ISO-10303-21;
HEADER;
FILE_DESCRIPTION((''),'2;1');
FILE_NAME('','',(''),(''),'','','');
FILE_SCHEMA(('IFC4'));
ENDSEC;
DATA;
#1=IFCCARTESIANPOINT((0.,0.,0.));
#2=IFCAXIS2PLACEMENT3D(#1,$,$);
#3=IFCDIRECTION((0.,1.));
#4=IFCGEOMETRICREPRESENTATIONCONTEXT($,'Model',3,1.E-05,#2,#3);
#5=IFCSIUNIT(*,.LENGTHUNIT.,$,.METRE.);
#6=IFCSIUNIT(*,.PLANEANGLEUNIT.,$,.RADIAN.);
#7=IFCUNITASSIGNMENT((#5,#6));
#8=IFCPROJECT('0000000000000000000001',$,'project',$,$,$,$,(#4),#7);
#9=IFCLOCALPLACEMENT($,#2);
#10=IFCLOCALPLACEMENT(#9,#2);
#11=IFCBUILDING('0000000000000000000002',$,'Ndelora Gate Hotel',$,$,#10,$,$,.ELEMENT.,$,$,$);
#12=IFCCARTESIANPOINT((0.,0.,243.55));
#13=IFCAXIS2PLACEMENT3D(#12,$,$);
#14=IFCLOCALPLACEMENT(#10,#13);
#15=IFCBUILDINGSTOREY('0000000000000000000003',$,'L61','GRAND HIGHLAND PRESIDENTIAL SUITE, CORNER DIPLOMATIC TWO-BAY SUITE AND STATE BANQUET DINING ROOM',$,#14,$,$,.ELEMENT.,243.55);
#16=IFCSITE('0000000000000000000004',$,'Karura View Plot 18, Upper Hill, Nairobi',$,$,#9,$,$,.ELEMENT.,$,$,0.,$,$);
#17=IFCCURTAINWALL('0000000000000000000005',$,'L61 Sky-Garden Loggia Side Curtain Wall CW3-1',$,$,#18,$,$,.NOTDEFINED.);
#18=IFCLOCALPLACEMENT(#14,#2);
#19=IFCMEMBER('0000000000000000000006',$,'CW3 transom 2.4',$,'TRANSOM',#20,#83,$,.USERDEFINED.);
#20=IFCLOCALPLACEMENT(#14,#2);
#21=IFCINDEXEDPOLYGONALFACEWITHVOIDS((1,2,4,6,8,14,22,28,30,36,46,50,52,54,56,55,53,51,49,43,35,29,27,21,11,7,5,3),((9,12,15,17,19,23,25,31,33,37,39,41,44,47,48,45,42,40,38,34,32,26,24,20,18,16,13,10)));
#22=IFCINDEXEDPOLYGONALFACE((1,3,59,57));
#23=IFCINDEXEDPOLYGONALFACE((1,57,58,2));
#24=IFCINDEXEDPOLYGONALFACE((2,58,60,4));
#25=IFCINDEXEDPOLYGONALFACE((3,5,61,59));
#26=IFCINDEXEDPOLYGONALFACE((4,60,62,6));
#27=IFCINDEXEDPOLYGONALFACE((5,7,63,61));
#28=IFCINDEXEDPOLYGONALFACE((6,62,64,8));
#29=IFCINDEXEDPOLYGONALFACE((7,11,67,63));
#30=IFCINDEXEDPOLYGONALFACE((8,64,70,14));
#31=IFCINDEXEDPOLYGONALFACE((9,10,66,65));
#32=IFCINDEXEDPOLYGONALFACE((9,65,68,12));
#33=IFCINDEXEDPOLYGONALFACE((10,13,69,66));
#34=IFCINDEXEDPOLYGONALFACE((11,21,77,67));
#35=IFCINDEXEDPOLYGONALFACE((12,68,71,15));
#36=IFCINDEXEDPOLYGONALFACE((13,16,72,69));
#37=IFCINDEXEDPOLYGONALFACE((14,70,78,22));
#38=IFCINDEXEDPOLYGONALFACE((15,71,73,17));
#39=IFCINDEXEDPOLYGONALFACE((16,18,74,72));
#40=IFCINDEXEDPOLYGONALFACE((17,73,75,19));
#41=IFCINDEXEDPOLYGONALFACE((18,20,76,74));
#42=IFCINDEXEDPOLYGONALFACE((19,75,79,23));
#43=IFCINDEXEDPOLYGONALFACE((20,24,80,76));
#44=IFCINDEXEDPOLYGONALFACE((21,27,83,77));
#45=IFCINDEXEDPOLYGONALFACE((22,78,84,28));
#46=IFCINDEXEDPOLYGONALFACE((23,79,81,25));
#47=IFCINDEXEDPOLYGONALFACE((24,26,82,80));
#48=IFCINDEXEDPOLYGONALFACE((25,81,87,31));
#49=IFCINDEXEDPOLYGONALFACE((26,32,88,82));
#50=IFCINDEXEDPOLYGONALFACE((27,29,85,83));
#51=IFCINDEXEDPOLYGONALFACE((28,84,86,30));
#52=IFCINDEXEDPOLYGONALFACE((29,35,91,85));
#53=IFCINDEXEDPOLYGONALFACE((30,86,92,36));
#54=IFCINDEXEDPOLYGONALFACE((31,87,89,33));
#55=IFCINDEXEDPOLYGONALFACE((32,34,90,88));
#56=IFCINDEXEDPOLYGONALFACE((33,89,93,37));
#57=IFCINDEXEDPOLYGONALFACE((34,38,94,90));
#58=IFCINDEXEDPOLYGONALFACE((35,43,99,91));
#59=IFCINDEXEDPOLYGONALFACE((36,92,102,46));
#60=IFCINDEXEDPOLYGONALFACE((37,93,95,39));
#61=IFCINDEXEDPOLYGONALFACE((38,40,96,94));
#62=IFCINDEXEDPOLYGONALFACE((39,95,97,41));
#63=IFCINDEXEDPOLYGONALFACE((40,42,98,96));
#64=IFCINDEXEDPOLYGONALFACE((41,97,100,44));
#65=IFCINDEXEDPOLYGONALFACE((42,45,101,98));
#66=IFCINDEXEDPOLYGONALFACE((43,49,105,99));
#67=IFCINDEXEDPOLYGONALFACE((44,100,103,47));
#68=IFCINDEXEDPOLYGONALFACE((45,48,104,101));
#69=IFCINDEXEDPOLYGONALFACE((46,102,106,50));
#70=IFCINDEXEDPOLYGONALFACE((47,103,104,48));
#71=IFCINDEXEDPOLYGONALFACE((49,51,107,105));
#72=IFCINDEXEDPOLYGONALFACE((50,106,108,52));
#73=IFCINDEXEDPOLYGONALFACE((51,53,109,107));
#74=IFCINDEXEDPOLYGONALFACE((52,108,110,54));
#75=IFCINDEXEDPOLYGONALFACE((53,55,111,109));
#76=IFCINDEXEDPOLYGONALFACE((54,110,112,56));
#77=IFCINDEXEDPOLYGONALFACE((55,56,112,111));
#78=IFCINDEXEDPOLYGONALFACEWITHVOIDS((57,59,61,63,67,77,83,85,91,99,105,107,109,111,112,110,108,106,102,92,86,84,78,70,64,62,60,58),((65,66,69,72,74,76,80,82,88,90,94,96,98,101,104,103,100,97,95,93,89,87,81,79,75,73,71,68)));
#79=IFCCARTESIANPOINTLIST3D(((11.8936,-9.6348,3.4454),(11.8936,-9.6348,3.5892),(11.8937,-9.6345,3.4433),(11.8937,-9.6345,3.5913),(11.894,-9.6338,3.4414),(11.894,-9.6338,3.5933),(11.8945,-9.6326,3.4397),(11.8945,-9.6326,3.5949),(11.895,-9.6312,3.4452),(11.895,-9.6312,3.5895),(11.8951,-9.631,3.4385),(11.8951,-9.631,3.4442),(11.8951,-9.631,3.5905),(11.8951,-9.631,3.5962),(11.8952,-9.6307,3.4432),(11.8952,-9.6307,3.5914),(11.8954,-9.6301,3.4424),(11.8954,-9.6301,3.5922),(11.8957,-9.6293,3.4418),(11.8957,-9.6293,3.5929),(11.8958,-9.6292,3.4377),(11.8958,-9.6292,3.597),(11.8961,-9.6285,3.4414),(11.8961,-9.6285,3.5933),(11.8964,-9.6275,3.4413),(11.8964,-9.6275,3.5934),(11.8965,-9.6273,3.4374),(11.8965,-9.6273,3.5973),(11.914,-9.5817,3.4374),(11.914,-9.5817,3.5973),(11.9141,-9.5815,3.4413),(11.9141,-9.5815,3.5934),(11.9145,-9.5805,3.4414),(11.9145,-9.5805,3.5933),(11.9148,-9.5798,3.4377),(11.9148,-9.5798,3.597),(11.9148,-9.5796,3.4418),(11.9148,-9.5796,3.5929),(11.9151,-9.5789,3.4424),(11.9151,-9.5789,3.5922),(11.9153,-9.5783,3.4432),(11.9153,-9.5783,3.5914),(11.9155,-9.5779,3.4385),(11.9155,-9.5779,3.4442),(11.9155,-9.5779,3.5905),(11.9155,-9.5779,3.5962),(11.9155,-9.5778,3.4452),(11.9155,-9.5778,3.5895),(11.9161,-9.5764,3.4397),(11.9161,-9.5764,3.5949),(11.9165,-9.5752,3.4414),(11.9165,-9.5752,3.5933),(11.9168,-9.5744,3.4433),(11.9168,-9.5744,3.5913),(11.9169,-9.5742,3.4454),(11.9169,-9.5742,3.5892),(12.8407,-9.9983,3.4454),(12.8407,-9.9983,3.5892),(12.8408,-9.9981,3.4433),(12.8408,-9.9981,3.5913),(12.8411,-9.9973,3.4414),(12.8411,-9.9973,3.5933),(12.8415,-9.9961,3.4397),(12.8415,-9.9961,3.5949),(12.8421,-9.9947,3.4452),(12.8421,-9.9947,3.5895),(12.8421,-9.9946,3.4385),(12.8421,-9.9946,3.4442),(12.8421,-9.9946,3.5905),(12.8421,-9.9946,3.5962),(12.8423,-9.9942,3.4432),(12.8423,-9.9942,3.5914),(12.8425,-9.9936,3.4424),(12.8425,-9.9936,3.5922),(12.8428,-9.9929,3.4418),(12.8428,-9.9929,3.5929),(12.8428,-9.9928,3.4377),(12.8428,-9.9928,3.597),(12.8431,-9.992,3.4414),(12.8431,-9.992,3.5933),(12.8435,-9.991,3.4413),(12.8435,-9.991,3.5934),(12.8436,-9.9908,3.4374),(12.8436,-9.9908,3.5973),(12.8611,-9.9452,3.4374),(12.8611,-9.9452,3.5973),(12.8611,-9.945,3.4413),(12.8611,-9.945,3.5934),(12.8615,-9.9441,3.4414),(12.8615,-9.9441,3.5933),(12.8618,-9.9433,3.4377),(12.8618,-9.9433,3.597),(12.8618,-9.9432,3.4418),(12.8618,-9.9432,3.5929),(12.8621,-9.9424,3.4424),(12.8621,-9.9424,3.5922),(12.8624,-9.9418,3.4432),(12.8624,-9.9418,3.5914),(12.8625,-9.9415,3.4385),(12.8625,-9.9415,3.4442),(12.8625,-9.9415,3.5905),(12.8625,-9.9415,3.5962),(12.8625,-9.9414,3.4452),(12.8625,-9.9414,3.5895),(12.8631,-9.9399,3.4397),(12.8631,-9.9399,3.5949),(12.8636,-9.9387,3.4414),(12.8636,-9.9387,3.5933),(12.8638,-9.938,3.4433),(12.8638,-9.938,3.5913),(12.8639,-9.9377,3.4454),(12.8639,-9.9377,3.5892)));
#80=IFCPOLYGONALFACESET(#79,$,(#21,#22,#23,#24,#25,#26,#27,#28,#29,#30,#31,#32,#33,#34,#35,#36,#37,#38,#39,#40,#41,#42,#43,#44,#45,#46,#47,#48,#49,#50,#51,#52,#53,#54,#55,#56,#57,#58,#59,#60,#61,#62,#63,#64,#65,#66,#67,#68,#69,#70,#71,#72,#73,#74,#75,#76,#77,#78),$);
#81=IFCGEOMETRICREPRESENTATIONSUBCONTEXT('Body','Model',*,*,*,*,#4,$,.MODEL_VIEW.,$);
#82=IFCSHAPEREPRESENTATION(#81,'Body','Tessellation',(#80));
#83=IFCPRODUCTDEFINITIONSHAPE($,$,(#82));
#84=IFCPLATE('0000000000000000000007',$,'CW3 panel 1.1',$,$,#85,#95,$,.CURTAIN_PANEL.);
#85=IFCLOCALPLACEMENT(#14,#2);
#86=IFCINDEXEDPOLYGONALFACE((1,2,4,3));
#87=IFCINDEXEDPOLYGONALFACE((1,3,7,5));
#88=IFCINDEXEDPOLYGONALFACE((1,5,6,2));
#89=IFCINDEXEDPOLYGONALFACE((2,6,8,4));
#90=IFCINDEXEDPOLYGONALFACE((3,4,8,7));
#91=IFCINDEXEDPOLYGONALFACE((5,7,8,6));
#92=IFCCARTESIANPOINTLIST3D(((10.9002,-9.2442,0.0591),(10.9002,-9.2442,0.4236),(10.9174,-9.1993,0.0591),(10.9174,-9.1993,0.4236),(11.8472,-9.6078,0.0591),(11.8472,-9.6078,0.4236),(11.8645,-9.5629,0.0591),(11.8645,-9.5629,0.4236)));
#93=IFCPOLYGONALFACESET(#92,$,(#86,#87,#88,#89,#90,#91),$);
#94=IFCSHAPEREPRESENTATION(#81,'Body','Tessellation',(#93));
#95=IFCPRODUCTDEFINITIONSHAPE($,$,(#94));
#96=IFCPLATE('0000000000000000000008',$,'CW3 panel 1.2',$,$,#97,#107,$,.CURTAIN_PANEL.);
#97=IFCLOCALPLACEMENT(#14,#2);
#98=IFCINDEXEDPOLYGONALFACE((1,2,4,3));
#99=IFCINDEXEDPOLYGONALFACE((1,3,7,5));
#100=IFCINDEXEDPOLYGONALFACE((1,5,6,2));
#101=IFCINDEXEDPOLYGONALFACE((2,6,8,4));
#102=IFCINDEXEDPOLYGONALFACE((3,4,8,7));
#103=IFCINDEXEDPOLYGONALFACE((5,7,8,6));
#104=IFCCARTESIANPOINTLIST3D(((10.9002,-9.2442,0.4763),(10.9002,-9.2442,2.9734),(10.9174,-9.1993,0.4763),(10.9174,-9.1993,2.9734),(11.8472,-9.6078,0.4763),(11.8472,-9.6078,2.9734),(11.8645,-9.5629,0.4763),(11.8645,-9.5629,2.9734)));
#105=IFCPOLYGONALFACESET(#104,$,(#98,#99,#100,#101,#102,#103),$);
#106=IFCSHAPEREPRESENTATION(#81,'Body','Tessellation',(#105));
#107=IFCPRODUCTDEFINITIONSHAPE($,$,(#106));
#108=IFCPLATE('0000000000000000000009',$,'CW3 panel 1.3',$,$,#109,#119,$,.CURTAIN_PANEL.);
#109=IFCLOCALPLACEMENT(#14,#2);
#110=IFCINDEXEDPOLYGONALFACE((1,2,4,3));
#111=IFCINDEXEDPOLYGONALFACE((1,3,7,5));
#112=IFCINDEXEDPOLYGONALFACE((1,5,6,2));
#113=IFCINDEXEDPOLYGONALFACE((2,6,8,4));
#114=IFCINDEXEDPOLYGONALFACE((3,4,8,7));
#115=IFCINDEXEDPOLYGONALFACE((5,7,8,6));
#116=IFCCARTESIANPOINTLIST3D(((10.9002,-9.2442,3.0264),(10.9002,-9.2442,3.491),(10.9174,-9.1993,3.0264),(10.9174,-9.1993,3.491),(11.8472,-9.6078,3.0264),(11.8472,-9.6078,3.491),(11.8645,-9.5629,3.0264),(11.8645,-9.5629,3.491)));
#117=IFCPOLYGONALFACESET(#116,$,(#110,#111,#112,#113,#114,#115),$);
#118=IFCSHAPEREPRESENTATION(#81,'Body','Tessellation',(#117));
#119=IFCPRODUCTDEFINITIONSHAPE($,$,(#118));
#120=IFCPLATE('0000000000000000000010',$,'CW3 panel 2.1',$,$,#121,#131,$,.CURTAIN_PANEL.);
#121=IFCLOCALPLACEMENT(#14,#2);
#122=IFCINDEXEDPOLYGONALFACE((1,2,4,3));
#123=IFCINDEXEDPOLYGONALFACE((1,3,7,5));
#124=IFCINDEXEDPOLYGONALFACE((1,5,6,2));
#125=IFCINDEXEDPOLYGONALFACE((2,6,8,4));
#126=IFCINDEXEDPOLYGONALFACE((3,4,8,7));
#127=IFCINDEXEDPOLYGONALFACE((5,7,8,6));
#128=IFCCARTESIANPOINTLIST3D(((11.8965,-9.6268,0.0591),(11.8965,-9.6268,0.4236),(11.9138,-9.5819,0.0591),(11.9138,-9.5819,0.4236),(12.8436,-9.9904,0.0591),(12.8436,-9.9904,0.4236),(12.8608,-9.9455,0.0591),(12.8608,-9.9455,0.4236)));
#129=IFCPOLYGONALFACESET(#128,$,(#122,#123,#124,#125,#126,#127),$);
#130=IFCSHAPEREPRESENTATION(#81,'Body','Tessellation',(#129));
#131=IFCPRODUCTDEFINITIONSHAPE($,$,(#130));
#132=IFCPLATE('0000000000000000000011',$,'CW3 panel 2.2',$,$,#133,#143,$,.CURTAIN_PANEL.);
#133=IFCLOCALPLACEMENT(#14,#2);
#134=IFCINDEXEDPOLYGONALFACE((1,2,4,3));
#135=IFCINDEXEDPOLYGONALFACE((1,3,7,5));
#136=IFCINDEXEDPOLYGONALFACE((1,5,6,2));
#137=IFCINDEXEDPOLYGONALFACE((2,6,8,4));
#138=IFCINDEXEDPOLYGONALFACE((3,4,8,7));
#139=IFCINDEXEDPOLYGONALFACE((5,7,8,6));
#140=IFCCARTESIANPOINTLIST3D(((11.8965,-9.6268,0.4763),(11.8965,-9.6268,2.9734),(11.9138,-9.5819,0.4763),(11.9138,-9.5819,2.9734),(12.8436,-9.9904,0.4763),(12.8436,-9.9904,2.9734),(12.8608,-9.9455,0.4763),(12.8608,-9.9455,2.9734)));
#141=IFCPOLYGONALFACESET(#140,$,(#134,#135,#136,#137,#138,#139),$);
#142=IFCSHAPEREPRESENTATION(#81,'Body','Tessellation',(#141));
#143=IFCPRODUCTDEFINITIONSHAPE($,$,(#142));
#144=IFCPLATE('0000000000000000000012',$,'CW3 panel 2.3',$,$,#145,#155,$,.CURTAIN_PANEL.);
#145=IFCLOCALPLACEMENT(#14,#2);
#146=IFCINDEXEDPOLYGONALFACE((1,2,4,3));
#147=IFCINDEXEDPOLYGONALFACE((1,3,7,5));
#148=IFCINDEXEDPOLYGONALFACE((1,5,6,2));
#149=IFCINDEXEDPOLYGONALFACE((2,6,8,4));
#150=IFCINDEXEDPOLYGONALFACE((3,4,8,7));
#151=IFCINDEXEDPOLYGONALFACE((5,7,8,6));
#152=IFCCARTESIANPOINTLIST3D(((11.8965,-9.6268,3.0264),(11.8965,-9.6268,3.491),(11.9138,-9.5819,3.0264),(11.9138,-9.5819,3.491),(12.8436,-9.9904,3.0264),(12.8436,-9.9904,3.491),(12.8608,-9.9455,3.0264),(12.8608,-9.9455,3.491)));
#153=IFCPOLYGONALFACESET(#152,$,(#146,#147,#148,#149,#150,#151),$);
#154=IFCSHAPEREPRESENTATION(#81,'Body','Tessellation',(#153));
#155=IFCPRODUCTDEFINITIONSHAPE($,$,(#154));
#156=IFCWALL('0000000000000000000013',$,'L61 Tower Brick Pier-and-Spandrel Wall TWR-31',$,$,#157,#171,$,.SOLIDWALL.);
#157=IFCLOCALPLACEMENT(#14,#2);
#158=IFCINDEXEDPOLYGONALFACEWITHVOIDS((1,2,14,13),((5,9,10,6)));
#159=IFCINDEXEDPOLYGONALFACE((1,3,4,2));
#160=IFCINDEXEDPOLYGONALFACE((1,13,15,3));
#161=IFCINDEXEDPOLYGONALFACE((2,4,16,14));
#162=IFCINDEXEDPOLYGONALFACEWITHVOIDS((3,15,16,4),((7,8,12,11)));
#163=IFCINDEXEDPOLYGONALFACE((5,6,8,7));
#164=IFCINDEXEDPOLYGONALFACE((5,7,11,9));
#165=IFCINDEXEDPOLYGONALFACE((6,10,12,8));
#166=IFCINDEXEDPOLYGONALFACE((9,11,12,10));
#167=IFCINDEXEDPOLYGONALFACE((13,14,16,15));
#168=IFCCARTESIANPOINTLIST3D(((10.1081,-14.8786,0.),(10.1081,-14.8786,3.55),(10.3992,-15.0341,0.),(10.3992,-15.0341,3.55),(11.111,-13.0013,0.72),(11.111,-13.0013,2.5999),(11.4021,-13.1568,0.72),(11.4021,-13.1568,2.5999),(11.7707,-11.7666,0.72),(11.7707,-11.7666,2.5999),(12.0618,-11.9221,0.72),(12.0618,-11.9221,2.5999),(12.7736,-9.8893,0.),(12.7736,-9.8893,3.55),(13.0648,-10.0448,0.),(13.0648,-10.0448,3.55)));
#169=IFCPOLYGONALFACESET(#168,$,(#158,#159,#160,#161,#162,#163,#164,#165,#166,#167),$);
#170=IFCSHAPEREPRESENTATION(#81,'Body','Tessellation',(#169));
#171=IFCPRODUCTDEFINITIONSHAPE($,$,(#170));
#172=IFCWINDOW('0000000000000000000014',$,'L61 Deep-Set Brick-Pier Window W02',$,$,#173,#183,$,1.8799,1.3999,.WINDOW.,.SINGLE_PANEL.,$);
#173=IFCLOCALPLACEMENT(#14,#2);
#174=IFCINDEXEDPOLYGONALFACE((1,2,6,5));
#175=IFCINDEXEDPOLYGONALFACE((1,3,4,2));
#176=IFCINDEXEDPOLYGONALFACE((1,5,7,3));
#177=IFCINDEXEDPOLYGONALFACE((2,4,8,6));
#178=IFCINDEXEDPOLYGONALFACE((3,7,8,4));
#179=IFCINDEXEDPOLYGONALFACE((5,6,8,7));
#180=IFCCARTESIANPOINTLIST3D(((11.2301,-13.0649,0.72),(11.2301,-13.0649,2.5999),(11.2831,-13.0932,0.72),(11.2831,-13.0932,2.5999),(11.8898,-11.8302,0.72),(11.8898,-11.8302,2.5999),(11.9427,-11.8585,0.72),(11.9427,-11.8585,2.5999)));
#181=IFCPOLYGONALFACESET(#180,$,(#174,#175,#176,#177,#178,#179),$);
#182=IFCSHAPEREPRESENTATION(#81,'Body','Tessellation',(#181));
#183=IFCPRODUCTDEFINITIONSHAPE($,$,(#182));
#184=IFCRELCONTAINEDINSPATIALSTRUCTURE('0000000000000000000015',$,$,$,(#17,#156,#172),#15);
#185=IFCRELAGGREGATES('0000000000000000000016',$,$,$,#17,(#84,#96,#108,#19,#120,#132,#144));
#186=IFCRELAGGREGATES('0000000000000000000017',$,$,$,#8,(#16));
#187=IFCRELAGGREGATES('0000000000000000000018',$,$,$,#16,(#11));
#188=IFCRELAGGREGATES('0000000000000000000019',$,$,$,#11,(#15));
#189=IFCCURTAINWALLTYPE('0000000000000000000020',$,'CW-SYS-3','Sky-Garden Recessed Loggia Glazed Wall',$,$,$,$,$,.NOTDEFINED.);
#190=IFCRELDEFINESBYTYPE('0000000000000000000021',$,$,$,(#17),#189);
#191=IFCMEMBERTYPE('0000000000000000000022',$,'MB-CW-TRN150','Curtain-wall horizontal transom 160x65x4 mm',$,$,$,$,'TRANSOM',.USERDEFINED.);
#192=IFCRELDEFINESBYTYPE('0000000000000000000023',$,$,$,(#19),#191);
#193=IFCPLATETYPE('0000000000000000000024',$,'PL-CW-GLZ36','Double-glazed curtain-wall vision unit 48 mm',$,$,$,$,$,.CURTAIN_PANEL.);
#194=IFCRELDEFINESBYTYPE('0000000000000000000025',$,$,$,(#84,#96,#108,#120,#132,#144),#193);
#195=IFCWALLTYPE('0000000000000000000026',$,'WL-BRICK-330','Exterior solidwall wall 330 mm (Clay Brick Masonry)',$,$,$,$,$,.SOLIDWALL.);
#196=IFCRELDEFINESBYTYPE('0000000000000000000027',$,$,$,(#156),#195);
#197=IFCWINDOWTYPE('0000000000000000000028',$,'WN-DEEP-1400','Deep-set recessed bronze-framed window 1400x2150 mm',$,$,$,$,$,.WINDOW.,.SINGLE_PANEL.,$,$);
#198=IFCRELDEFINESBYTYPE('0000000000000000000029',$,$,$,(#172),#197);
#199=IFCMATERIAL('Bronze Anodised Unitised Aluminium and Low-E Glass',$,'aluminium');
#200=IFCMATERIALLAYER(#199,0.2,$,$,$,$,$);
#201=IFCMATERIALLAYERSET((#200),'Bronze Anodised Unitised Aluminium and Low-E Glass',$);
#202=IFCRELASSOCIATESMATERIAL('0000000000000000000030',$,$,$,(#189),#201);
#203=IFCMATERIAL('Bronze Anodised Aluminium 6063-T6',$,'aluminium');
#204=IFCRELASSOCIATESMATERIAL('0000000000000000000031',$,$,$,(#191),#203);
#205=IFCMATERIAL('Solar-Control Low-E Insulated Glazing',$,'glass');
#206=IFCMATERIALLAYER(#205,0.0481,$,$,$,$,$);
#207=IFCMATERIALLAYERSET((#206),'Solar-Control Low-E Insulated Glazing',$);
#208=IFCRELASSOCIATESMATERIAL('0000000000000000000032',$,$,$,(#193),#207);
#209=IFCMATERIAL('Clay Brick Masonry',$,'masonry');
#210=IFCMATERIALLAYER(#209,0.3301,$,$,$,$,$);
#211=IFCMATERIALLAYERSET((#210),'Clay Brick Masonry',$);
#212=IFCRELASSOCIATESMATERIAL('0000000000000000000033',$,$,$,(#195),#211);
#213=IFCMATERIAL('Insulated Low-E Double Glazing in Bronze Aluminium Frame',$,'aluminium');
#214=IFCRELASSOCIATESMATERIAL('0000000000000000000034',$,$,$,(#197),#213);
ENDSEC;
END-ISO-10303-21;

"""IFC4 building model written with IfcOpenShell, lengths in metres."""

from ifc_helpers import new_model, si_unit, direction, frame, frame_2d, origin, origin_2d, place, context, subcontext, project, spatial, rectangle, hollow_rectangle, extrude, material, layer, layer_set, material_profile, profile_set, type_object, element, fill, aggregate, save


model = new_model("IFC4")

# Units and contexts
model_context = context("Model", 3, precision=1e-05, world=origin(), true_north=direction((0.0, 1.0)))
body_context = subcontext(model_context, "Body", "Model", "MODEL_VIEW")
ifc_project = project(units=[si_unit("LENGTHUNIT", "METRE"), si_unit("PLANEANGLEUNIT", "RADIAN")], contexts=[model_context])

# Site, building, storey
site_placement = place(None, origin())
site = spatial("IfcSite", under=ifc_project, at=site_placement, Name="Karura View Plot 18, Upper Hill, Nairobi", CompositionType="ELEMENT", RefElevation=0.0)
building_placement = place(site_placement, origin())
building = spatial("IfcBuilding", under=site, at=building_placement, Name="Ndelora Gate Hotel", CompositionType="ELEMENT")
storey_placement = place(building_placement, frame((0.0, 0.0, 243.55)))
storey = spatial("IfcBuildingStorey", under=building, at=storey_placement, Name="L61", Description="GRAND HIGHLAND PRESIDENTIAL SUITE, CORNER DIPLOMATIC TWO-BAY SUITE AND STATE BANQUET DINING ROOM", CompositionType="ELEMENT", Elevation=243.55)

# Curtain wall, member, plates
ifc_material_1 = material(Name="Bronze Anodised Unitised Aluminium and Low-E Glass", Category="aluminium")
ifc_layer_1 = layer(ifc_material_1, 0.2)
ifc_layer_set_1 = layer_set([ifc_layer_1], Name="Bronze Anodised Unitised Aluminium and Low-E Glass")
curtain_wall_type = type_object("IfcCurtainWallType", Name="CW-SYS-3", Description="Sky-Garden Recessed Loggia Glazed Wall", PredefinedType="NOTDEFINED", material=ifc_layer_set_1)
curtain_wall_placement = place(storey_placement, origin())
curtain_wall = element("IfcCurtainWall", 1, at=curtain_wall_placement, inside=storey, type_object=curtain_wall_type, Name="L61 Sky-Garden Loggia Side Curtain Wall CW3-1", PredefinedType="NOTDEFINED")
ifc_material_2 = material(Name="Bronze Anodised Aluminium 6063-T6", Category="aluminium")
ifc_material_profile_1 = material_profile(ifc_material_2, hollow_rectangle(XDim=0.0649, YDim=0.1599, WallThickness=0.0039, InnerFilletRadius=0.0039, OuterFilletRadius=0.0081, at=origin_2d()), Name="ALU 160x65x4")
ifc_profile_set_1 = profile_set([ifc_material_profile_1], Name="Bronze Anodised Aluminium 6063-T6")
member_type_1 = type_object("IfcMemberType", Name="MB-CW-TRN150", Description="Curtain-wall horizontal transom 160x65x4 mm", ElementType="TRANSOM", PredefinedType="USERDEFINED", material=ifc_profile_set_1)
member_1_placement = place(storey_placement, frame((11.9053, -9.6045, 3.5173), z_axis=(0.933581, -0.358366, 0.0), x_axis=(0.358366, 0.933581, 0.0)))
member_1 = element("IfcMember", 2, at=member_1_placement, type_object=member_type_1, Name="CW3 transom 2.4", ObjectType="TRANSOM", PredefinedType="USERDEFINED", context=body_context, shape_type="SweptSolid", body=[
    extrude(hollow_rectangle(XDim=0.0649, YDim=0.1599, WallThickness=0.0039, InnerFilletRadius=0.0039, OuterFilletRadius=0.0081, at=origin_2d()), origin(), (0.0, 0.0, 1.0), 1.0144),
])
ifc_material_3 = material(Name="Solar-Control Low-E Insulated Glazing", Category="glass")
ifc_layer_2 = layer(ifc_material_3, 0.0481)
ifc_layer_set_2 = layer_set([ifc_layer_2], Name="Solar-Control Low-E Insulated Glazing")
plate_type = type_object("IfcPlateType", Name="PL-CW-GLZ36", Description="Double-glazed curtain-wall vision unit 48 mm", PredefinedType="CURTAIN_PANEL", material=ifc_layer_set_2)
plate_1_placement = place(storey_placement, frame((11.3823, -9.4036, 0.0591), z_axis=(0.0, 0.0, 1.0), x_axis=(0.933577, -0.358376, 0.0)))
plate_1 = element("IfcPlate", 3, at=plate_1_placement, type_object=plate_type, Name="CW3 panel 1.1", PredefinedType="CURTAIN_PANEL", context=body_context, shape_type="SweptSolid", body=[
    extrude(rectangle(XDim=1.0144, YDim=0.0481, at=origin_2d()), origin(), (0.0, 0.0, 1.0), 0.3645),
])
plate_2_placement = place(storey_placement, frame((11.3823, -9.4036, 0.4763), z_axis=(0.0, 0.0, 1.0), x_axis=(0.933577, -0.358376, 0.0)))
plate_2 = element("IfcPlate", 4, at=plate_2_placement, type_object=plate_type, Name="CW3 panel 1.2", PredefinedType="CURTAIN_PANEL", context=body_context, shape_type="SweptSolid", body=[
    extrude(rectangle(XDim=1.0144, YDim=0.0481, at=origin_2d()), origin(), (0.0, 0.0, 1.0), 2.4971),
])
plate_3_placement = place(storey_placement, frame((11.3823, -9.4036, 3.0264), z_axis=(0.0, 0.0, 1.0), x_axis=(0.933577, -0.358376, 0.0)))
plate_3 = element("IfcPlate", 5, at=plate_3_placement, type_object=plate_type, Name="CW3 panel 1.3", PredefinedType="CURTAIN_PANEL", context=body_context, shape_type="SweptSolid", body=[
    extrude(rectangle(XDim=1.0144, YDim=0.0481, at=origin_2d()), origin(), (0.0, 0.0, 1.0), 0.4646),
])
plate_4_placement = place(storey_placement, frame((12.3787, -9.7861, 0.0591), z_axis=(0.0, 0.0, 1.0), x_axis=(0.933577, -0.358376, 0.0)))
plate_4 = element("IfcPlate", 6, at=plate_4_placement, type_object=plate_type, Name="CW3 panel 2.1", PredefinedType="CURTAIN_PANEL", context=body_context, shape_type="SweptSolid", body=[
    extrude(rectangle(XDim=1.0144, YDim=0.0481, at=origin_2d()), origin(), (0.0, 0.0, 1.0), 0.3645),
])
plate_5_placement = place(storey_placement, frame((12.3787, -9.7861, 0.4763), z_axis=(0.0, 0.0, 1.0), x_axis=(0.933577, -0.358376, 0.0)))
plate_5 = element("IfcPlate", 7, at=plate_5_placement, type_object=plate_type, Name="CW3 panel 2.2", PredefinedType="CURTAIN_PANEL", context=body_context, shape_type="SweptSolid", body=[
    extrude(rectangle(XDim=1.0144, YDim=0.0481, at=origin_2d()), origin(), (0.0, 0.0, 1.0), 2.4971),
])
plate_6_placement = place(storey_placement, frame((12.3787, -9.7861, 3.0264), z_axis=(0.0, 0.0, 1.0), x_axis=(0.933577, -0.358376, 0.0)))
plate_6 = element("IfcPlate", 8, at=plate_6_placement, type_object=plate_type, Name="CW3 panel 2.3", PredefinedType="CURTAIN_PANEL", context=body_context, shape_type="SweptSolid", body=[
    extrude(rectangle(XDim=1.0144, YDim=0.0481, at=origin_2d()), origin(), (0.0, 0.0, 1.0), 0.4646),
])
aggregate(curtain_wall, [plate_1, plate_2, plate_3, member_1, plate_4, plate_5, plate_6])

# Wall, opening, window
ifc_material_4 = material(Name="Clay Brick Masonry", Category="masonry")
ifc_layer_3 = layer(ifc_material_4, 0.3301)
ifc_layer_set_3 = layer_set([ifc_layer_3], Name="Clay Brick Masonry")
wall_type_1 = type_object("IfcWallType", Name="WL-BRICK-330", Description="Exterior solidwall wall 330 mm (Clay Brick Masonry)", PredefinedType="SOLIDWALL", material=ifc_layer_set_3)
wall_1_placement = place(storey_placement, frame((12.9192, -9.967, 0.0), z_axis=(0.0, 0.0, 1.0), x_axis=(-0.47122, -0.882016, 0.0)))
wall_1 = element("IfcWall", 9, at=wall_1_placement, inside=storey, type_object=wall_type_1, Name="L61 Tower Brick Pier-and-Spandrel Wall TWR-31", PredefinedType="SOLIDWALL", context=body_context, shape_type="SweptSolid", body=[
    extrude(rectangle(XDim=5.6567, YDim=0.3301, at=frame_2d((2.8284, 0.0))), origin(), (0.0, 0.0, 1.0), 3.55),
])
opening_1_placement = place(wall_1_placement, frame((2.1284, 0.0, 0.72)))
opening_1 = element("IfcOpeningElement", 10, at=opening_1_placement, cuts=wall_1, PredefinedType="OPENING", context=body_context, shape_type="SweptSolid", body=[
    extrude(rectangle(XDim=1.3999, YDim=1.8799, at=frame_2d((0.7, 0.9399))), frame((0.0, 0.175, 0.0), z_axis=(0.0, -1.0, 0.0), x_axis=(1.0, 0.0, 0.0)), (0.0, 0.0, 1.0), 0.3501),
])
ifc_material_5 = material(Name="Insulated Low-E Double Glazing in Bronze Aluminium Frame", Category="aluminium")
window_type = type_object("IfcWindowType", Name="WN-DEEP-1400", Description="Deep-set recessed bronze-framed window 1400x2150 mm", PartitioningType="SINGLE_PANEL", PredefinedType="WINDOW", material=ifc_material_5)
window_placement = place(opening_1_placement, origin())
window = element("IfcWindow", 11, at=window_placement, inside=storey, type_object=window_type, Name="L61 Deep-Set Brick-Pier Window W02", OverallHeight=1.8799, OverallWidth=1.3999, PartitioningType="SINGLE_PANEL", PredefinedType="WINDOW", context=body_context, shape_type="SweptSolid", body=[
    extrude(rectangle(XDim=1.3999, YDim=1.8799, at=frame_2d((0.7, 0.9399))), frame((0.0, 0.03, 0.0), z_axis=(0.0, -1.0, 0.0), x_axis=(1.0, 0.0, 0.0)), (0.0, 0.0, 1.0), 0.0601),
])
fill(opening_1, window)

save(model, "model.ifc")
